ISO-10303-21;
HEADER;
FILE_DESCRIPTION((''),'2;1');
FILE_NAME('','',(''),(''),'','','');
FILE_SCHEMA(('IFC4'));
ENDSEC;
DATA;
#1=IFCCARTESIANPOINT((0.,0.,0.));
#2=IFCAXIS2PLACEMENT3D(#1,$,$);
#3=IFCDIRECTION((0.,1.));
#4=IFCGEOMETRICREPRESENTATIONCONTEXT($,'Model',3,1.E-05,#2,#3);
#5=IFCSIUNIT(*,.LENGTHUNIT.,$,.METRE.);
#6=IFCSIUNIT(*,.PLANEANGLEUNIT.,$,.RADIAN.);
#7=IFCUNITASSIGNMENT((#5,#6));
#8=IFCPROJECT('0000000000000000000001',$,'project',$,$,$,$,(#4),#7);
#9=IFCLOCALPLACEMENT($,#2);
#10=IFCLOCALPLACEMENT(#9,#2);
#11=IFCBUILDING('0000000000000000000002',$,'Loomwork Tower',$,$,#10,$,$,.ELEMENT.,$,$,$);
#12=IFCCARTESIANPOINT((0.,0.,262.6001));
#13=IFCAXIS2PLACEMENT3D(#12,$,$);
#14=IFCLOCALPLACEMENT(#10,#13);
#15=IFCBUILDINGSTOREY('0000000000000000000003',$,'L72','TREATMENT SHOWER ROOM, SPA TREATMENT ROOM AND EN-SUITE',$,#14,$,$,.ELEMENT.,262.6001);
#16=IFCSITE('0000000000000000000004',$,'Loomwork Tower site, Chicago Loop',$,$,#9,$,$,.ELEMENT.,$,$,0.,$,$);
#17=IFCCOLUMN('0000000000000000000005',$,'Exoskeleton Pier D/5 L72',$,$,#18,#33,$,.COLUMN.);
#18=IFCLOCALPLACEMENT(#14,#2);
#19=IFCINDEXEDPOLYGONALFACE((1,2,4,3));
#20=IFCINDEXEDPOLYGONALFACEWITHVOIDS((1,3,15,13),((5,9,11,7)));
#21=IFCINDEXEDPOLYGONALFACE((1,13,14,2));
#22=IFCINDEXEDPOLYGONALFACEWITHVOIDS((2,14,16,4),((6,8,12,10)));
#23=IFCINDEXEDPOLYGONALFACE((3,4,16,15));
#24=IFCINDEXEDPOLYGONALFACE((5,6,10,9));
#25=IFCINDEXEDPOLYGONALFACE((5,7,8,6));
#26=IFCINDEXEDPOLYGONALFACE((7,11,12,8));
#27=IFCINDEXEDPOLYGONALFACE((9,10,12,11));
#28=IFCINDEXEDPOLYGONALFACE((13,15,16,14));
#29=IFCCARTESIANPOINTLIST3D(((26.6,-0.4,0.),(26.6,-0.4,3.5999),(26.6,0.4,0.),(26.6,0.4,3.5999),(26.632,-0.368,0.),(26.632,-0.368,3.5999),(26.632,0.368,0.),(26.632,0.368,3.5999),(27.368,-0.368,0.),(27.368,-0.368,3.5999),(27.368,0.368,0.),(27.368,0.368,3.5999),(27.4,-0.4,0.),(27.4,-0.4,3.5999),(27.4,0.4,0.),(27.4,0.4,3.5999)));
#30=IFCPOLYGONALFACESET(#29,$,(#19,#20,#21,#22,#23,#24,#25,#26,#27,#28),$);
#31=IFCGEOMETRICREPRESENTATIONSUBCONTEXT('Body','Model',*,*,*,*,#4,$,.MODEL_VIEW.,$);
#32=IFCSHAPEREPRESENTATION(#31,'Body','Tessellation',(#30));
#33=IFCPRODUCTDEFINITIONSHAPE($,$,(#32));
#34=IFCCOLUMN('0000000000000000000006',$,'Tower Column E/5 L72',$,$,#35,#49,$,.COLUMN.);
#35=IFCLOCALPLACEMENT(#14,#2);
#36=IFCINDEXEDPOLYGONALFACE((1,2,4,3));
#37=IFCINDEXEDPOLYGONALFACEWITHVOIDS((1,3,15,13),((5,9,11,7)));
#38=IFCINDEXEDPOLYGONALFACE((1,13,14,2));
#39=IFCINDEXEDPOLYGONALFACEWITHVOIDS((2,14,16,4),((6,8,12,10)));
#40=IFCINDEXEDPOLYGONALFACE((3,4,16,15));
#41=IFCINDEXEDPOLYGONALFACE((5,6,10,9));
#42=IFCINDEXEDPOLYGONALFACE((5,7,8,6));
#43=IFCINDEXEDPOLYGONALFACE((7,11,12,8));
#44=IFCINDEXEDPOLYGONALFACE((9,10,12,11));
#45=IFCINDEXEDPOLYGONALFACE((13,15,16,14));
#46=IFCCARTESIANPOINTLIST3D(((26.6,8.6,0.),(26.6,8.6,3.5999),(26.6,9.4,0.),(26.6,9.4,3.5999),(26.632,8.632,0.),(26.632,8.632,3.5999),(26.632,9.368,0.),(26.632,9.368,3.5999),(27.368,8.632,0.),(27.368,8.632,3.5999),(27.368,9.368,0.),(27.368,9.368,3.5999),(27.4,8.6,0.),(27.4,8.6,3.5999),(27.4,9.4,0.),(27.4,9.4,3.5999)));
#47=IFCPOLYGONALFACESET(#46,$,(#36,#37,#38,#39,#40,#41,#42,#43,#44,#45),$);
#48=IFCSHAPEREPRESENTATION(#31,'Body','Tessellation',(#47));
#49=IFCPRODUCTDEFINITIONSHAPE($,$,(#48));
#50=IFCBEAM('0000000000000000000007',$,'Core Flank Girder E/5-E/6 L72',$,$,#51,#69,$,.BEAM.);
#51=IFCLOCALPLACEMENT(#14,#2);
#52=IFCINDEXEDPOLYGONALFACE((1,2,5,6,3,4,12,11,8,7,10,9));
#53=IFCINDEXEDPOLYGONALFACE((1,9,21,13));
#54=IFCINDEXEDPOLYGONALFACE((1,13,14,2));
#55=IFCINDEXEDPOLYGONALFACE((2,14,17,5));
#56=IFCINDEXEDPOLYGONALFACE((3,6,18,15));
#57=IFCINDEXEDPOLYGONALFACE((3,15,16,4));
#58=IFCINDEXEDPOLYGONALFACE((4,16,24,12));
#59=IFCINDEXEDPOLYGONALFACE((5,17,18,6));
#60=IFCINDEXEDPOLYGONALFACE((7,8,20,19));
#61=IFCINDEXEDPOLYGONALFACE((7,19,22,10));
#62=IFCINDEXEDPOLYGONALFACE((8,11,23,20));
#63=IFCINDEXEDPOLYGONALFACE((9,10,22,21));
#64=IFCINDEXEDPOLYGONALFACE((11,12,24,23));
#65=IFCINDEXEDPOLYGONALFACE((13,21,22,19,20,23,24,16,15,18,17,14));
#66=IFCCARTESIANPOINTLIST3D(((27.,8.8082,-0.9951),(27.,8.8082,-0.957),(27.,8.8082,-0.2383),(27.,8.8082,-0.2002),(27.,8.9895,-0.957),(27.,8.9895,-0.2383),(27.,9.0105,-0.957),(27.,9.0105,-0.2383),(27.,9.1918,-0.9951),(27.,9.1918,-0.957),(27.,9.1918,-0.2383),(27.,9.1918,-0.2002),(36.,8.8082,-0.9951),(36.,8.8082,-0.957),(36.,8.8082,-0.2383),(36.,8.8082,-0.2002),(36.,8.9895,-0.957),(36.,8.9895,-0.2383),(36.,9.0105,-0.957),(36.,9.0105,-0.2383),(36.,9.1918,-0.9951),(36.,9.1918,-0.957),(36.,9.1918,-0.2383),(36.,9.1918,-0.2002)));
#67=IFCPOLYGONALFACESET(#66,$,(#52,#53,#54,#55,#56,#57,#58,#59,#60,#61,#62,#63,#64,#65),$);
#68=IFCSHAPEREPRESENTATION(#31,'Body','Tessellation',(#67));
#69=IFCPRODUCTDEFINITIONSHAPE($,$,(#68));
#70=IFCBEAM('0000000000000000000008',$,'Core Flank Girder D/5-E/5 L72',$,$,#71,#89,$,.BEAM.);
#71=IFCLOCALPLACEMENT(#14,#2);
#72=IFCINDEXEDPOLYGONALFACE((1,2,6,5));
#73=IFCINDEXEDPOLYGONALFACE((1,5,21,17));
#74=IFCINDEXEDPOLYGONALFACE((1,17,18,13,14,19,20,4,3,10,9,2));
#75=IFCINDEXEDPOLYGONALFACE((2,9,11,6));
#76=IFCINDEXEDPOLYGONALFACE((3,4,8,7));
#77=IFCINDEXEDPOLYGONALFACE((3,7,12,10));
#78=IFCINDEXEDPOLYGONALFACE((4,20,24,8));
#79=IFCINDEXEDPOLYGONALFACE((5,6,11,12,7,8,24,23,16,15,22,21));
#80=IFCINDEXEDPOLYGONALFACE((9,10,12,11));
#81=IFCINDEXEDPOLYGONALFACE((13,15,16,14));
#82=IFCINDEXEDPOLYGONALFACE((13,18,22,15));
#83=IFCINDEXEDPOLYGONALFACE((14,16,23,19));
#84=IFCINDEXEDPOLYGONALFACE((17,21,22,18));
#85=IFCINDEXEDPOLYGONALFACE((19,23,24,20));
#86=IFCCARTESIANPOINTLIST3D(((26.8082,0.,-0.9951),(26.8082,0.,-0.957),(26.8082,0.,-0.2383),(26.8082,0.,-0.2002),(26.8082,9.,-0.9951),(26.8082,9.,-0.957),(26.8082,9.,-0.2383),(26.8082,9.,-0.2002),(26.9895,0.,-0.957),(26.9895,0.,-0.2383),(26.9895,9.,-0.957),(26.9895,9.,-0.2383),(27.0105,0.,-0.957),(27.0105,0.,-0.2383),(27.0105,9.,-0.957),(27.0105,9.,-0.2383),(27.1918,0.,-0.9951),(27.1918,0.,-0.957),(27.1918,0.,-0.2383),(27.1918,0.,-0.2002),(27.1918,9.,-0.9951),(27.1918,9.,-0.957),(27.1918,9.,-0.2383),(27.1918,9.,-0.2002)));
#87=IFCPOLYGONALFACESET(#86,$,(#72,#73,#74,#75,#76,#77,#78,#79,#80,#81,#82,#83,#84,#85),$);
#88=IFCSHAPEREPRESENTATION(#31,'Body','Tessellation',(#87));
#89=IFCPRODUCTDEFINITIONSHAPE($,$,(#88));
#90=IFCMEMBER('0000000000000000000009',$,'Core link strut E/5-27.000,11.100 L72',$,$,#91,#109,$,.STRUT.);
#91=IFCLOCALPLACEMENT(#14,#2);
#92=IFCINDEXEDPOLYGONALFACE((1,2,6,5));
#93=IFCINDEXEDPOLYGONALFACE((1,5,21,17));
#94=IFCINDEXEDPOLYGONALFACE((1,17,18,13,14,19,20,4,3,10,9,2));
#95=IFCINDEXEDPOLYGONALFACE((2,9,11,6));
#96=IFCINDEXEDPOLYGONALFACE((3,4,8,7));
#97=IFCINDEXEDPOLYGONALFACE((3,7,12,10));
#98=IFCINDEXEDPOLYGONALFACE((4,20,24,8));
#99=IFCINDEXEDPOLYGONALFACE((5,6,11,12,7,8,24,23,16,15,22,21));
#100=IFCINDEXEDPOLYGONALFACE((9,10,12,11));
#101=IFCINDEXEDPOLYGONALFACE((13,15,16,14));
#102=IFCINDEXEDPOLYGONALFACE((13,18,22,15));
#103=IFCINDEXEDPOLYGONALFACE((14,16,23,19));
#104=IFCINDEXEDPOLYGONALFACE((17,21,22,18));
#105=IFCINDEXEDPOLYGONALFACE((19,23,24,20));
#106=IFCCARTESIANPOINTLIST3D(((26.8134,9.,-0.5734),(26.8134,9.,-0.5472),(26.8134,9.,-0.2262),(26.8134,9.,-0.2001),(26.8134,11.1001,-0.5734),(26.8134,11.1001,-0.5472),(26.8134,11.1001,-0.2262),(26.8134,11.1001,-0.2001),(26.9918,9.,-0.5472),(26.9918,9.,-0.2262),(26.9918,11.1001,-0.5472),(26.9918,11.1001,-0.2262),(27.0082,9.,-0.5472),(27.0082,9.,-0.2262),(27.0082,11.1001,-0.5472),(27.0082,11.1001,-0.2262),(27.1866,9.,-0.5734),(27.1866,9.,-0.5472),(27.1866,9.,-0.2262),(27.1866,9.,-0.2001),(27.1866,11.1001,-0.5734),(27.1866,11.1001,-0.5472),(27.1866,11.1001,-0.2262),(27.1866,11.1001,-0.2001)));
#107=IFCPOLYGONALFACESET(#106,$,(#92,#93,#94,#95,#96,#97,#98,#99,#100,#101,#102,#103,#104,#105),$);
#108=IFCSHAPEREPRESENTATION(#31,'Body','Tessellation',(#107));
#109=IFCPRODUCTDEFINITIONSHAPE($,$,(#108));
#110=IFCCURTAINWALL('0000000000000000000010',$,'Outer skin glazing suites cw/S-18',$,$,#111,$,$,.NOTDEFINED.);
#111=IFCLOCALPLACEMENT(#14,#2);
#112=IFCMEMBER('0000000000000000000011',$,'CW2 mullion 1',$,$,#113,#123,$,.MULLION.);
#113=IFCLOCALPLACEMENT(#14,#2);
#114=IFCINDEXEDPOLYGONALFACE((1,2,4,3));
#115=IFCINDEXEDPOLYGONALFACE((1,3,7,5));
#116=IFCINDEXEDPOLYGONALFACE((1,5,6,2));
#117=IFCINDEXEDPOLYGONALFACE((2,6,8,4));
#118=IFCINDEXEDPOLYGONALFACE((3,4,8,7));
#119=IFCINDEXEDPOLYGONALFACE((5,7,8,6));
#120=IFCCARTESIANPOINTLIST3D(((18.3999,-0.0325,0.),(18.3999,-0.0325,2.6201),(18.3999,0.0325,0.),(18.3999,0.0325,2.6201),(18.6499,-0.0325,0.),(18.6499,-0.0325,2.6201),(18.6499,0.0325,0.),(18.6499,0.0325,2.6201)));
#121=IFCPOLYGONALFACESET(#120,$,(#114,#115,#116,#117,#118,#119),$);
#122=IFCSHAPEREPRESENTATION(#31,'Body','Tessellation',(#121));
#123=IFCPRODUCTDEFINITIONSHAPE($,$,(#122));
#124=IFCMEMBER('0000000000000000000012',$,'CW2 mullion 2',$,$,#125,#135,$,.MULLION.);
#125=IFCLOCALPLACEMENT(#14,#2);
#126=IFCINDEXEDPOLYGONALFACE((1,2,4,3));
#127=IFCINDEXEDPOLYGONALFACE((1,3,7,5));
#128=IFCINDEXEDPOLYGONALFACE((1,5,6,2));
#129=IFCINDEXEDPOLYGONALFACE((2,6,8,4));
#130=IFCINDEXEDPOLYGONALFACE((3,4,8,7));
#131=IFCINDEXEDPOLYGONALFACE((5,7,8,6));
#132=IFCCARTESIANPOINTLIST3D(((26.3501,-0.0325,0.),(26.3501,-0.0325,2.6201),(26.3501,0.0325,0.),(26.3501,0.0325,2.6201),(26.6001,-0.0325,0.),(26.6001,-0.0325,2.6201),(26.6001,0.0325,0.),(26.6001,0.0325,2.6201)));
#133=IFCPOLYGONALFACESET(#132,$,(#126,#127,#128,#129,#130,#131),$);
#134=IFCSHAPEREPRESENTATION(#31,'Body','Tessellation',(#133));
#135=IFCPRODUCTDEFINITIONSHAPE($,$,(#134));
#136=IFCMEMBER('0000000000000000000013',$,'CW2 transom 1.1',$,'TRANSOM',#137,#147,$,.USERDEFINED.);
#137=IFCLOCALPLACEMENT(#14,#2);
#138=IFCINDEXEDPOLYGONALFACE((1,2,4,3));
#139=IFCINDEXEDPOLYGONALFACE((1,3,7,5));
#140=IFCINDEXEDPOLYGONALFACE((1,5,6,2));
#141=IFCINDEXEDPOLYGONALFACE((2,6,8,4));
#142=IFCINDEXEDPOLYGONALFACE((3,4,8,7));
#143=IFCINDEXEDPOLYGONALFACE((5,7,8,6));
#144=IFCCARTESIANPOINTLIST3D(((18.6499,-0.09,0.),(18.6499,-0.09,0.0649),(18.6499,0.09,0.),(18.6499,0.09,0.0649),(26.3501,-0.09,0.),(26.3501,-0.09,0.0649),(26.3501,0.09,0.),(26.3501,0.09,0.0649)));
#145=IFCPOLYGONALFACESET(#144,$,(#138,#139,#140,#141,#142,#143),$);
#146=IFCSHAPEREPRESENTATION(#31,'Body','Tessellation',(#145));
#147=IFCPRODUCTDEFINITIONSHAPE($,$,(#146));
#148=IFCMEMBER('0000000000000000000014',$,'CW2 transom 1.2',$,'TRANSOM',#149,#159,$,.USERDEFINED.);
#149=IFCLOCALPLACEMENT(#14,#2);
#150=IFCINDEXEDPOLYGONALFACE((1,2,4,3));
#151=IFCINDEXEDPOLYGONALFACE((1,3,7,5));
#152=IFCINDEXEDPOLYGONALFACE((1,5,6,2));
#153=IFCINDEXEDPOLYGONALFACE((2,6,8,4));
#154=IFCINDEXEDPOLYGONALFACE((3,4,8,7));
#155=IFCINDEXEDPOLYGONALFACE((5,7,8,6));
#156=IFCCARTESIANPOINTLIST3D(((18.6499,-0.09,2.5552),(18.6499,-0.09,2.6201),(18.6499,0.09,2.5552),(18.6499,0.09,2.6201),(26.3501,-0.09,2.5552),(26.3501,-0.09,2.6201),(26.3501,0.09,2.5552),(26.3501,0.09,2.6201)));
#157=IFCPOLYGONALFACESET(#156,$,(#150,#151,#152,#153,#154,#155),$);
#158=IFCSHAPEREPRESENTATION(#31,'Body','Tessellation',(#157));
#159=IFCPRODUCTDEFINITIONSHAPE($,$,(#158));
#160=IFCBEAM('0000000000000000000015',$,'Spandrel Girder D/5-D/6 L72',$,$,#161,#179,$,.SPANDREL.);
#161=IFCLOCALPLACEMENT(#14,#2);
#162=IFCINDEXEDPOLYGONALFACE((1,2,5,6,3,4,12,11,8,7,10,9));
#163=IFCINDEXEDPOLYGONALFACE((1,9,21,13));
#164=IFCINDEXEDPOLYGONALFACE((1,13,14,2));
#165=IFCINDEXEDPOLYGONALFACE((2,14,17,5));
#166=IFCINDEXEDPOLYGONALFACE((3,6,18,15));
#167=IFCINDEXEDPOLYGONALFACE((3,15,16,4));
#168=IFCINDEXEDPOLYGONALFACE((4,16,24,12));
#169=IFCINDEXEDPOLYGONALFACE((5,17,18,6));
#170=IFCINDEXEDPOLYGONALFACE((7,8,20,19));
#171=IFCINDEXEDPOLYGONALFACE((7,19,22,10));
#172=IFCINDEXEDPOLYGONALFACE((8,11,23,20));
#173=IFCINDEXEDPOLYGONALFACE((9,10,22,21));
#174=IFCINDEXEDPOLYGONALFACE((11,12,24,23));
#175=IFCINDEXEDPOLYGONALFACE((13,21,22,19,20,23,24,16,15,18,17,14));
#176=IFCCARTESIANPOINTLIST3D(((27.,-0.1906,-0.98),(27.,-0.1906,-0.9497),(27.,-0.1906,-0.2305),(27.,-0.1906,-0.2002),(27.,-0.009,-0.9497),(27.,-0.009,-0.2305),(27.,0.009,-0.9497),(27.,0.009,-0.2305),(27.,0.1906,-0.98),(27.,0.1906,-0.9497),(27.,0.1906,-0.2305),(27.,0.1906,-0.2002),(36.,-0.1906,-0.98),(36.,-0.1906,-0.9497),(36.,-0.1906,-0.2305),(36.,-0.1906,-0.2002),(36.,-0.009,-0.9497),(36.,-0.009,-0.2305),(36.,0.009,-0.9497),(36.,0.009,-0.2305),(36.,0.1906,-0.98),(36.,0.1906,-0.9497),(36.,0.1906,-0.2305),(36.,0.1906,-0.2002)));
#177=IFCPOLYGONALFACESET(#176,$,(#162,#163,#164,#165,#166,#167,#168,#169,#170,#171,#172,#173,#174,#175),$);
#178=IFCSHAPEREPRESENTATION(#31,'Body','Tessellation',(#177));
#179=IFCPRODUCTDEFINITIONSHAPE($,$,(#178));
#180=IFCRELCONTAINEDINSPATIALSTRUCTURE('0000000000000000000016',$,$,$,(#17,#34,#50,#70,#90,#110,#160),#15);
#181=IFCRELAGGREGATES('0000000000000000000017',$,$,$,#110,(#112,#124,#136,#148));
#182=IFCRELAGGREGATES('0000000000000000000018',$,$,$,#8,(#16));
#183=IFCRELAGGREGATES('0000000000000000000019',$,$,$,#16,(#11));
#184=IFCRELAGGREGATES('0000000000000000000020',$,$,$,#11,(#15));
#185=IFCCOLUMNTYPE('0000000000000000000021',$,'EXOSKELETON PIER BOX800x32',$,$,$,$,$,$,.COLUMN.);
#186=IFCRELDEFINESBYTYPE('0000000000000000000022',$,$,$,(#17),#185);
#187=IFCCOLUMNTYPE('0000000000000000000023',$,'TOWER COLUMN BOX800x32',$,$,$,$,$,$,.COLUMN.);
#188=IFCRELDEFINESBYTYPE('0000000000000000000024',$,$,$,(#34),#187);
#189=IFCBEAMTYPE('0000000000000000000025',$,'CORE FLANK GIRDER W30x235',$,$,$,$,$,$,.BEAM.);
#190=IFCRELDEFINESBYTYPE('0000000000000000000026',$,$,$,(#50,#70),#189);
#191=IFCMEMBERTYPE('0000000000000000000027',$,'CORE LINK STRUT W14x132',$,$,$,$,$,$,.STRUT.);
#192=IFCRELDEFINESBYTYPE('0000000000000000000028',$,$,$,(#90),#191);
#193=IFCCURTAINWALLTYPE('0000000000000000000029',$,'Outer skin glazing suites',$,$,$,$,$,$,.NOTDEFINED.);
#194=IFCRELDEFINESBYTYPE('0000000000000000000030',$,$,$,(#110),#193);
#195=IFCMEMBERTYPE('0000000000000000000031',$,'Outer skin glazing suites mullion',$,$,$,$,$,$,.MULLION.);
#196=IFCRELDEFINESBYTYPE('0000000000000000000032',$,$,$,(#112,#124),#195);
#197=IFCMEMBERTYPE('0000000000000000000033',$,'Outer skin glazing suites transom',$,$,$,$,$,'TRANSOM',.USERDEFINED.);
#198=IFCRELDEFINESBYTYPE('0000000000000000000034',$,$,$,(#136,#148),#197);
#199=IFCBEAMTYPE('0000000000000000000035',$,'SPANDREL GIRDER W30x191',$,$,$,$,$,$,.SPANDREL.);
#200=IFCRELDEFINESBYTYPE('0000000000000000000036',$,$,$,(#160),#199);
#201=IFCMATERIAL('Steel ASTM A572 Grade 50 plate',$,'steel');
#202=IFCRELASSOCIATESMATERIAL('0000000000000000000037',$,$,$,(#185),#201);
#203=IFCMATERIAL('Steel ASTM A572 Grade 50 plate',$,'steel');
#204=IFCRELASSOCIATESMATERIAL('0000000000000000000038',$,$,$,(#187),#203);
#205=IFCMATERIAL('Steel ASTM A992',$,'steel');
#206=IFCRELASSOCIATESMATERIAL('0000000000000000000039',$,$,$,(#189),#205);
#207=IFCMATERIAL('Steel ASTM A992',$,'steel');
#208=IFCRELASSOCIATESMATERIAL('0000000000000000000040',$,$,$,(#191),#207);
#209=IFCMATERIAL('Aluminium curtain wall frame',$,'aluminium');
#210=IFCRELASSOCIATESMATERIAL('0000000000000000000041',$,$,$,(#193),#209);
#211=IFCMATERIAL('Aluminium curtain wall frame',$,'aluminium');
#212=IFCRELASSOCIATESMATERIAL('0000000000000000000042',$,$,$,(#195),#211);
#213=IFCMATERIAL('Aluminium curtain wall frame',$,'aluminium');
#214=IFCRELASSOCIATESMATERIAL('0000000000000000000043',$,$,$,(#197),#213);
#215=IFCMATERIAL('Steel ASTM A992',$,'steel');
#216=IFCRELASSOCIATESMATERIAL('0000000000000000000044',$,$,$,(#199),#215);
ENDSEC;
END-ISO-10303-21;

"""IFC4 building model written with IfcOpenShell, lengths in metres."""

from ifc_helpers import new_model, si_unit, direction, frame, origin, origin_2d, place, context, subcontext, project, spatial, rectangle, hollow_rectangle, i_section, extrude, material, material_profile, profile_set, type_object, element, aggregate, save


model = new_model("IFC4")

# Units and contexts
model_context = context("Model", 3, precision=1e-05, world=origin(), true_north=direction((0.0, 1.0)))
body_context = subcontext(model_context, "Body", "Model", "MODEL_VIEW")
ifc_project = project(units=[si_unit("LENGTHUNIT", "METRE"), si_unit("PLANEANGLEUNIT", "RADIAN")], contexts=[model_context])

# Site, building, storey
site_placement = place(None, origin())
site = spatial("IfcSite", under=ifc_project, at=site_placement, Name="Loomwork Tower site, Chicago Loop", CompositionType="ELEMENT", RefElevation=0.0)
building_placement = place(site_placement, origin())
building = spatial("IfcBuilding", under=site, at=building_placement, Name="Loomwork Tower", CompositionType="ELEMENT")
storey_placement = place(building_placement, frame((0.0, 0.0, 262.6001)))
storey = spatial("IfcBuildingStorey", under=building, at=storey_placement, Name="L72", Description="TREATMENT SHOWER ROOM, SPA TREATMENT ROOM AND EN-SUITE", CompositionType="ELEMENT", Elevation=262.6001)

# Columns
ifc_material_1 = material(Name="Steel ASTM A572 Grade 50 plate", Category="steel")
ifc_material_profile_1 = material_profile(ifc_material_1, hollow_rectangle(XDim=0.8, YDim=0.8, WallThickness=0.032, at=origin_2d()), Name="BOX800x32")
ifc_profile_set_1 = profile_set([ifc_material_profile_1], Name="Steel ASTM A572 Grade 50 plate")
column_type_1 = type_object("IfcColumnType", Name="EXOSKELETON PIER BOX800x32", PredefinedType="COLUMN", material=ifc_profile_set_1)
column_1_placement = place(storey_placement, frame((27.0, 0.0, 0.0), z_axis=(0.0, 0.0, 1.0), x_axis=(1.0, 0.0, 0.0)))
element("IfcColumn", 1, at=column_1_placement, inside=storey, type_object=column_type_1, Name="Exoskeleton Pier D/5 L72", PredefinedType="COLUMN", context=body_context, shape_type="SweptSolid", body=[
    extrude(hollow_rectangle(XDim=0.8, YDim=0.8, WallThickness=0.032, at=origin_2d()), origin(), (0.0, 0.0, 1.0), 3.5999),
])
ifc_material_2 = material(Name="Steel ASTM A572 Grade 50 plate", Category="steel")
ifc_material_profile_2 = material_profile(ifc_material_2, hollow_rectangle(XDim=0.8, YDim=0.8, WallThickness=0.032, at=origin_2d()), Name="BOX800x32")
ifc_profile_set_2 = profile_set([ifc_material_profile_2], Name="Steel ASTM A572 Grade 50 plate")
column_type_2 = type_object("IfcColumnType", Name="TOWER COLUMN BOX800x32", PredefinedType="COLUMN", material=ifc_profile_set_2)
column_2_placement = place(storey_placement, frame((27.0, 9.0, 0.0), z_axis=(0.0, 0.0, 1.0), x_axis=(1.0, 0.0, 0.0)))
element("IfcColumn", 2, at=column_2_placement, inside=storey, type_object=column_type_2, Name="Tower Column E/5 L72", PredefinedType="COLUMN", context=body_context, shape_type="SweptSolid", body=[
    extrude(hollow_rectangle(XDim=0.8, YDim=0.8, WallThickness=0.032, at=origin_2d()), origin(), (0.0, 0.0, 1.0), 3.5999),
])

# Beams
ifc_material_3 = material(Name="Steel ASTM A992", Category="steel")
ifc_material_profile_3 = material_profile(ifc_material_3, i_section(OverallWidth=0.3835, OverallDepth=0.7949, WebThickness=0.021, FlangeThickness=0.0381, at=origin_2d()), Name="W30x235")
ifc_profile_set_3 = profile_set([ifc_material_profile_3], Name="Steel ASTM A992")
beam_type_1 = type_object("IfcBeamType", Name="CORE FLANK GIRDER W30x235", PredefinedType="BEAM", material=ifc_profile_set_3)
for number, where, z_axis, x_axis, name in (
    (3, (27.0, 9.0, -0.5977), (1.0, 0.0, 0.0), (0.0, 1.0, 0.0), "Core Flank Girder E/5-E/6 L72"),
    (4, (27.0, 0.0, -0.5977), (0.0, 1.0, 0.0), (-1.0, 0.0, 0.0), "Core Flank Girder D/5-E/5 L72"),
):
    element("IfcBeam", number, at=place(storey_placement, frame(where, z_axis=z_axis, x_axis=x_axis)), inside=storey, type_object=beam_type_1, Name=name, PredefinedType="BEAM", context=body_context, shape_type="SweptSolid", body=[
        extrude(i_section(OverallWidth=0.3835, OverallDepth=0.7949, WebThickness=0.021, FlangeThickness=0.0381, at=origin_2d()), origin(), (0.0, 0.0, 1.0), 9.0),
    ])

# Member
ifc_material_4 = material(Name="Steel ASTM A992", Category="steel")
ifc_material_profile_4 = material_profile(ifc_material_4, i_section(OverallWidth=0.3733, OverallDepth=0.3733, WebThickness=0.0164, FlangeThickness=0.0261, at=origin_2d()), Name="W14x132")
ifc_profile_set_4 = profile_set([ifc_material_profile_4], Name="Steel ASTM A992")
member_type_1 = type_object("IfcMemberType", Name="CORE LINK STRUT W14x132", PredefinedType="STRUT", material=ifc_profile_set_4)
member_1_placement = place(storey_placement, frame((27.0, 9.0, -0.3867), z_axis=(0.0, 1.0, 0.0), x_axis=(-1.0, 0.0, 0.0)))
element("IfcMember", 5, at=member_1_placement, inside=storey, type_object=member_type_1, Name="Core link strut E/5-27.000,11.100 L72", PredefinedType="STRUT", context=body_context, shape_type="SweptSolid", body=[
    extrude(i_section(OverallWidth=0.3733, OverallDepth=0.3733, WebThickness=0.0164, FlangeThickness=0.0261, at=origin_2d()), origin(), (0.0, 0.0, 1.0), 2.1001),
])

# Curtain wall, members
ifc_material_5 = material(Name="Aluminium curtain wall frame", Category="aluminium")
curtain_wall_type = type_object("IfcCurtainWallType", Name="Outer skin glazing suites", PredefinedType="NOTDEFINED", material=ifc_material_5)
curtain_wall_placement = place(storey_placement, origin())
curtain_wall = element("IfcCurtainWall", 6, at=curtain_wall_placement, inside=storey, type_object=curtain_wall_type, Name="Outer skin glazing suites cw/S-18", PredefinedType="NOTDEFINED")
ifc_material_6 = material(Name="Aluminium curtain wall frame", Category="aluminium")
ifc_material_profile_5 = material_profile(ifc_material_6, rectangle(XDim=0.0649, YDim=0.25, at=origin_2d()), Name="AL 65x250")
ifc_profile_set_5 = profile_set([ifc_material_profile_5], Name="Aluminium curtain wall frame")
member_type_2 = type_object("IfcMemberType", Name="Outer skin glazing suites mullion", PredefinedType="MULLION", material=ifc_profile_set_5)
member_2_placement = place(storey_placement, frame((18.5249, 0.0, 0.0), z_axis=(0.0, 0.0, 1.0), x_axis=(0.0, 1.0, 0.0)))
member_2 = element("IfcMember", 7, at=member_2_placement, type_object=member_type_2, Name="CW2 mullion 1", PredefinedType="MULLION", context=body_context, shape_type="SweptSolid", body=[
    extrude(rectangle(XDim=0.0649, YDim=0.25, at=origin_2d()), origin(), (0.0, 0.0, 1.0), 2.6201),
])
member_3_placement = place(storey_placement, frame((26.4751, 0.0, 0.0), z_axis=(0.0, 0.0, 1.0), x_axis=(0.0, 1.0, 0.0)))
member_3 = element("IfcMember", 8, at=member_3_placement, type_object=member_type_2, Name="CW2 mullion 2", PredefinedType="MULLION", context=body_context, shape_type="SweptSolid", body=[
    extrude(rectangle(XDim=0.0649, YDim=0.25, at=origin_2d()), origin(), (0.0, 0.0, 1.0), 2.6201),
])
ifc_material_7 = material(Name="Aluminium curtain wall frame", Category="aluminium")
ifc_material_profile_6 = material_profile(ifc_material_7, rectangle(XDim=0.1799, YDim=0.0649, at=origin_2d()), Name="AL 65x180")
ifc_profile_set_6 = profile_set([ifc_material_profile_6], Name="Aluminium curtain wall frame")
member_type_3 = type_object("IfcMemberType", Name="Outer skin glazing suites transom", ElementType="TRANSOM", PredefinedType="USERDEFINED", material=ifc_profile_set_6)
member_4_placement = place(storey_placement, frame((18.6499, 0.0, 0.0325), z_axis=(1.0, 0.0, 0.0), x_axis=(0.0, 1.0, 0.0)))
member_4 = element("IfcMember", 9, at=member_4_placement, type_object=member_type_3, Name="CW2 transom 1.1", ObjectType="TRANSOM", PredefinedType="USERDEFINED", context=body_context, shape_type="SweptSolid", body=[
    extrude(rectangle(XDim=0.1799, YDim=0.0649, at=origin_2d()), origin(), (0.0, 0.0, 1.0), 7.7002),
])
member_5_placement = place(storey_placement, frame((18.6499, 0.0, 2.5876), z_axis=(1.0, 0.0, 0.0), x_axis=(0.0, 1.0, 0.0)))
member_5 = element("IfcMember", 10, at=member_5_placement, type_object=member_type_3, Name="CW2 transom 1.2", ObjectType="TRANSOM", PredefinedType="USERDEFINED", context=body_context, shape_type="SweptSolid", body=[
    extrude(rectangle(XDim=0.1799, YDim=0.0649, at=origin_2d()), origin(), (0.0, 0.0, 1.0), 7.7002),
])

# Beam
ifc_material_8 = material(Name="Steel ASTM A992", Category="steel")
ifc_material_profile_7 = material_profile(ifc_material_8, i_section(OverallWidth=0.3811, OverallDepth=0.7798, WebThickness=0.0181, FlangeThickness=0.0303, at=origin_2d()), Name="W30x191")
ifc_profile_set_7 = profile_set([ifc_material_profile_7], Name="Steel ASTM A992")
beam_type_2 = type_object("IfcBeamType", Name="SPANDREL GIRDER W30x191", PredefinedType="SPANDREL", material=ifc_profile_set_7)
beam_placement = place(storey_placement, frame((27.0, 0.0, -0.5901), z_axis=(1.0, 0.0, 0.0), x_axis=(0.0, 1.0, 0.0)))
element("IfcBeam", 11, at=beam_placement, inside=storey, type_object=beam_type_2, Name="Spandrel Girder D/5-D/6 L72", PredefinedType="SPANDREL", context=body_context, shape_type="SweptSolid", body=[
    extrude(i_section(OverallWidth=0.3811, OverallDepth=0.7798, WebThickness=0.0181, FlangeThickness=0.0303, at=origin_2d()), origin(), (0.0, 0.0, 1.0), 9.0),
])

aggregate(curtain_wall, [member_2, member_3, member_4, member_5])

save(model, "model.ifc")
